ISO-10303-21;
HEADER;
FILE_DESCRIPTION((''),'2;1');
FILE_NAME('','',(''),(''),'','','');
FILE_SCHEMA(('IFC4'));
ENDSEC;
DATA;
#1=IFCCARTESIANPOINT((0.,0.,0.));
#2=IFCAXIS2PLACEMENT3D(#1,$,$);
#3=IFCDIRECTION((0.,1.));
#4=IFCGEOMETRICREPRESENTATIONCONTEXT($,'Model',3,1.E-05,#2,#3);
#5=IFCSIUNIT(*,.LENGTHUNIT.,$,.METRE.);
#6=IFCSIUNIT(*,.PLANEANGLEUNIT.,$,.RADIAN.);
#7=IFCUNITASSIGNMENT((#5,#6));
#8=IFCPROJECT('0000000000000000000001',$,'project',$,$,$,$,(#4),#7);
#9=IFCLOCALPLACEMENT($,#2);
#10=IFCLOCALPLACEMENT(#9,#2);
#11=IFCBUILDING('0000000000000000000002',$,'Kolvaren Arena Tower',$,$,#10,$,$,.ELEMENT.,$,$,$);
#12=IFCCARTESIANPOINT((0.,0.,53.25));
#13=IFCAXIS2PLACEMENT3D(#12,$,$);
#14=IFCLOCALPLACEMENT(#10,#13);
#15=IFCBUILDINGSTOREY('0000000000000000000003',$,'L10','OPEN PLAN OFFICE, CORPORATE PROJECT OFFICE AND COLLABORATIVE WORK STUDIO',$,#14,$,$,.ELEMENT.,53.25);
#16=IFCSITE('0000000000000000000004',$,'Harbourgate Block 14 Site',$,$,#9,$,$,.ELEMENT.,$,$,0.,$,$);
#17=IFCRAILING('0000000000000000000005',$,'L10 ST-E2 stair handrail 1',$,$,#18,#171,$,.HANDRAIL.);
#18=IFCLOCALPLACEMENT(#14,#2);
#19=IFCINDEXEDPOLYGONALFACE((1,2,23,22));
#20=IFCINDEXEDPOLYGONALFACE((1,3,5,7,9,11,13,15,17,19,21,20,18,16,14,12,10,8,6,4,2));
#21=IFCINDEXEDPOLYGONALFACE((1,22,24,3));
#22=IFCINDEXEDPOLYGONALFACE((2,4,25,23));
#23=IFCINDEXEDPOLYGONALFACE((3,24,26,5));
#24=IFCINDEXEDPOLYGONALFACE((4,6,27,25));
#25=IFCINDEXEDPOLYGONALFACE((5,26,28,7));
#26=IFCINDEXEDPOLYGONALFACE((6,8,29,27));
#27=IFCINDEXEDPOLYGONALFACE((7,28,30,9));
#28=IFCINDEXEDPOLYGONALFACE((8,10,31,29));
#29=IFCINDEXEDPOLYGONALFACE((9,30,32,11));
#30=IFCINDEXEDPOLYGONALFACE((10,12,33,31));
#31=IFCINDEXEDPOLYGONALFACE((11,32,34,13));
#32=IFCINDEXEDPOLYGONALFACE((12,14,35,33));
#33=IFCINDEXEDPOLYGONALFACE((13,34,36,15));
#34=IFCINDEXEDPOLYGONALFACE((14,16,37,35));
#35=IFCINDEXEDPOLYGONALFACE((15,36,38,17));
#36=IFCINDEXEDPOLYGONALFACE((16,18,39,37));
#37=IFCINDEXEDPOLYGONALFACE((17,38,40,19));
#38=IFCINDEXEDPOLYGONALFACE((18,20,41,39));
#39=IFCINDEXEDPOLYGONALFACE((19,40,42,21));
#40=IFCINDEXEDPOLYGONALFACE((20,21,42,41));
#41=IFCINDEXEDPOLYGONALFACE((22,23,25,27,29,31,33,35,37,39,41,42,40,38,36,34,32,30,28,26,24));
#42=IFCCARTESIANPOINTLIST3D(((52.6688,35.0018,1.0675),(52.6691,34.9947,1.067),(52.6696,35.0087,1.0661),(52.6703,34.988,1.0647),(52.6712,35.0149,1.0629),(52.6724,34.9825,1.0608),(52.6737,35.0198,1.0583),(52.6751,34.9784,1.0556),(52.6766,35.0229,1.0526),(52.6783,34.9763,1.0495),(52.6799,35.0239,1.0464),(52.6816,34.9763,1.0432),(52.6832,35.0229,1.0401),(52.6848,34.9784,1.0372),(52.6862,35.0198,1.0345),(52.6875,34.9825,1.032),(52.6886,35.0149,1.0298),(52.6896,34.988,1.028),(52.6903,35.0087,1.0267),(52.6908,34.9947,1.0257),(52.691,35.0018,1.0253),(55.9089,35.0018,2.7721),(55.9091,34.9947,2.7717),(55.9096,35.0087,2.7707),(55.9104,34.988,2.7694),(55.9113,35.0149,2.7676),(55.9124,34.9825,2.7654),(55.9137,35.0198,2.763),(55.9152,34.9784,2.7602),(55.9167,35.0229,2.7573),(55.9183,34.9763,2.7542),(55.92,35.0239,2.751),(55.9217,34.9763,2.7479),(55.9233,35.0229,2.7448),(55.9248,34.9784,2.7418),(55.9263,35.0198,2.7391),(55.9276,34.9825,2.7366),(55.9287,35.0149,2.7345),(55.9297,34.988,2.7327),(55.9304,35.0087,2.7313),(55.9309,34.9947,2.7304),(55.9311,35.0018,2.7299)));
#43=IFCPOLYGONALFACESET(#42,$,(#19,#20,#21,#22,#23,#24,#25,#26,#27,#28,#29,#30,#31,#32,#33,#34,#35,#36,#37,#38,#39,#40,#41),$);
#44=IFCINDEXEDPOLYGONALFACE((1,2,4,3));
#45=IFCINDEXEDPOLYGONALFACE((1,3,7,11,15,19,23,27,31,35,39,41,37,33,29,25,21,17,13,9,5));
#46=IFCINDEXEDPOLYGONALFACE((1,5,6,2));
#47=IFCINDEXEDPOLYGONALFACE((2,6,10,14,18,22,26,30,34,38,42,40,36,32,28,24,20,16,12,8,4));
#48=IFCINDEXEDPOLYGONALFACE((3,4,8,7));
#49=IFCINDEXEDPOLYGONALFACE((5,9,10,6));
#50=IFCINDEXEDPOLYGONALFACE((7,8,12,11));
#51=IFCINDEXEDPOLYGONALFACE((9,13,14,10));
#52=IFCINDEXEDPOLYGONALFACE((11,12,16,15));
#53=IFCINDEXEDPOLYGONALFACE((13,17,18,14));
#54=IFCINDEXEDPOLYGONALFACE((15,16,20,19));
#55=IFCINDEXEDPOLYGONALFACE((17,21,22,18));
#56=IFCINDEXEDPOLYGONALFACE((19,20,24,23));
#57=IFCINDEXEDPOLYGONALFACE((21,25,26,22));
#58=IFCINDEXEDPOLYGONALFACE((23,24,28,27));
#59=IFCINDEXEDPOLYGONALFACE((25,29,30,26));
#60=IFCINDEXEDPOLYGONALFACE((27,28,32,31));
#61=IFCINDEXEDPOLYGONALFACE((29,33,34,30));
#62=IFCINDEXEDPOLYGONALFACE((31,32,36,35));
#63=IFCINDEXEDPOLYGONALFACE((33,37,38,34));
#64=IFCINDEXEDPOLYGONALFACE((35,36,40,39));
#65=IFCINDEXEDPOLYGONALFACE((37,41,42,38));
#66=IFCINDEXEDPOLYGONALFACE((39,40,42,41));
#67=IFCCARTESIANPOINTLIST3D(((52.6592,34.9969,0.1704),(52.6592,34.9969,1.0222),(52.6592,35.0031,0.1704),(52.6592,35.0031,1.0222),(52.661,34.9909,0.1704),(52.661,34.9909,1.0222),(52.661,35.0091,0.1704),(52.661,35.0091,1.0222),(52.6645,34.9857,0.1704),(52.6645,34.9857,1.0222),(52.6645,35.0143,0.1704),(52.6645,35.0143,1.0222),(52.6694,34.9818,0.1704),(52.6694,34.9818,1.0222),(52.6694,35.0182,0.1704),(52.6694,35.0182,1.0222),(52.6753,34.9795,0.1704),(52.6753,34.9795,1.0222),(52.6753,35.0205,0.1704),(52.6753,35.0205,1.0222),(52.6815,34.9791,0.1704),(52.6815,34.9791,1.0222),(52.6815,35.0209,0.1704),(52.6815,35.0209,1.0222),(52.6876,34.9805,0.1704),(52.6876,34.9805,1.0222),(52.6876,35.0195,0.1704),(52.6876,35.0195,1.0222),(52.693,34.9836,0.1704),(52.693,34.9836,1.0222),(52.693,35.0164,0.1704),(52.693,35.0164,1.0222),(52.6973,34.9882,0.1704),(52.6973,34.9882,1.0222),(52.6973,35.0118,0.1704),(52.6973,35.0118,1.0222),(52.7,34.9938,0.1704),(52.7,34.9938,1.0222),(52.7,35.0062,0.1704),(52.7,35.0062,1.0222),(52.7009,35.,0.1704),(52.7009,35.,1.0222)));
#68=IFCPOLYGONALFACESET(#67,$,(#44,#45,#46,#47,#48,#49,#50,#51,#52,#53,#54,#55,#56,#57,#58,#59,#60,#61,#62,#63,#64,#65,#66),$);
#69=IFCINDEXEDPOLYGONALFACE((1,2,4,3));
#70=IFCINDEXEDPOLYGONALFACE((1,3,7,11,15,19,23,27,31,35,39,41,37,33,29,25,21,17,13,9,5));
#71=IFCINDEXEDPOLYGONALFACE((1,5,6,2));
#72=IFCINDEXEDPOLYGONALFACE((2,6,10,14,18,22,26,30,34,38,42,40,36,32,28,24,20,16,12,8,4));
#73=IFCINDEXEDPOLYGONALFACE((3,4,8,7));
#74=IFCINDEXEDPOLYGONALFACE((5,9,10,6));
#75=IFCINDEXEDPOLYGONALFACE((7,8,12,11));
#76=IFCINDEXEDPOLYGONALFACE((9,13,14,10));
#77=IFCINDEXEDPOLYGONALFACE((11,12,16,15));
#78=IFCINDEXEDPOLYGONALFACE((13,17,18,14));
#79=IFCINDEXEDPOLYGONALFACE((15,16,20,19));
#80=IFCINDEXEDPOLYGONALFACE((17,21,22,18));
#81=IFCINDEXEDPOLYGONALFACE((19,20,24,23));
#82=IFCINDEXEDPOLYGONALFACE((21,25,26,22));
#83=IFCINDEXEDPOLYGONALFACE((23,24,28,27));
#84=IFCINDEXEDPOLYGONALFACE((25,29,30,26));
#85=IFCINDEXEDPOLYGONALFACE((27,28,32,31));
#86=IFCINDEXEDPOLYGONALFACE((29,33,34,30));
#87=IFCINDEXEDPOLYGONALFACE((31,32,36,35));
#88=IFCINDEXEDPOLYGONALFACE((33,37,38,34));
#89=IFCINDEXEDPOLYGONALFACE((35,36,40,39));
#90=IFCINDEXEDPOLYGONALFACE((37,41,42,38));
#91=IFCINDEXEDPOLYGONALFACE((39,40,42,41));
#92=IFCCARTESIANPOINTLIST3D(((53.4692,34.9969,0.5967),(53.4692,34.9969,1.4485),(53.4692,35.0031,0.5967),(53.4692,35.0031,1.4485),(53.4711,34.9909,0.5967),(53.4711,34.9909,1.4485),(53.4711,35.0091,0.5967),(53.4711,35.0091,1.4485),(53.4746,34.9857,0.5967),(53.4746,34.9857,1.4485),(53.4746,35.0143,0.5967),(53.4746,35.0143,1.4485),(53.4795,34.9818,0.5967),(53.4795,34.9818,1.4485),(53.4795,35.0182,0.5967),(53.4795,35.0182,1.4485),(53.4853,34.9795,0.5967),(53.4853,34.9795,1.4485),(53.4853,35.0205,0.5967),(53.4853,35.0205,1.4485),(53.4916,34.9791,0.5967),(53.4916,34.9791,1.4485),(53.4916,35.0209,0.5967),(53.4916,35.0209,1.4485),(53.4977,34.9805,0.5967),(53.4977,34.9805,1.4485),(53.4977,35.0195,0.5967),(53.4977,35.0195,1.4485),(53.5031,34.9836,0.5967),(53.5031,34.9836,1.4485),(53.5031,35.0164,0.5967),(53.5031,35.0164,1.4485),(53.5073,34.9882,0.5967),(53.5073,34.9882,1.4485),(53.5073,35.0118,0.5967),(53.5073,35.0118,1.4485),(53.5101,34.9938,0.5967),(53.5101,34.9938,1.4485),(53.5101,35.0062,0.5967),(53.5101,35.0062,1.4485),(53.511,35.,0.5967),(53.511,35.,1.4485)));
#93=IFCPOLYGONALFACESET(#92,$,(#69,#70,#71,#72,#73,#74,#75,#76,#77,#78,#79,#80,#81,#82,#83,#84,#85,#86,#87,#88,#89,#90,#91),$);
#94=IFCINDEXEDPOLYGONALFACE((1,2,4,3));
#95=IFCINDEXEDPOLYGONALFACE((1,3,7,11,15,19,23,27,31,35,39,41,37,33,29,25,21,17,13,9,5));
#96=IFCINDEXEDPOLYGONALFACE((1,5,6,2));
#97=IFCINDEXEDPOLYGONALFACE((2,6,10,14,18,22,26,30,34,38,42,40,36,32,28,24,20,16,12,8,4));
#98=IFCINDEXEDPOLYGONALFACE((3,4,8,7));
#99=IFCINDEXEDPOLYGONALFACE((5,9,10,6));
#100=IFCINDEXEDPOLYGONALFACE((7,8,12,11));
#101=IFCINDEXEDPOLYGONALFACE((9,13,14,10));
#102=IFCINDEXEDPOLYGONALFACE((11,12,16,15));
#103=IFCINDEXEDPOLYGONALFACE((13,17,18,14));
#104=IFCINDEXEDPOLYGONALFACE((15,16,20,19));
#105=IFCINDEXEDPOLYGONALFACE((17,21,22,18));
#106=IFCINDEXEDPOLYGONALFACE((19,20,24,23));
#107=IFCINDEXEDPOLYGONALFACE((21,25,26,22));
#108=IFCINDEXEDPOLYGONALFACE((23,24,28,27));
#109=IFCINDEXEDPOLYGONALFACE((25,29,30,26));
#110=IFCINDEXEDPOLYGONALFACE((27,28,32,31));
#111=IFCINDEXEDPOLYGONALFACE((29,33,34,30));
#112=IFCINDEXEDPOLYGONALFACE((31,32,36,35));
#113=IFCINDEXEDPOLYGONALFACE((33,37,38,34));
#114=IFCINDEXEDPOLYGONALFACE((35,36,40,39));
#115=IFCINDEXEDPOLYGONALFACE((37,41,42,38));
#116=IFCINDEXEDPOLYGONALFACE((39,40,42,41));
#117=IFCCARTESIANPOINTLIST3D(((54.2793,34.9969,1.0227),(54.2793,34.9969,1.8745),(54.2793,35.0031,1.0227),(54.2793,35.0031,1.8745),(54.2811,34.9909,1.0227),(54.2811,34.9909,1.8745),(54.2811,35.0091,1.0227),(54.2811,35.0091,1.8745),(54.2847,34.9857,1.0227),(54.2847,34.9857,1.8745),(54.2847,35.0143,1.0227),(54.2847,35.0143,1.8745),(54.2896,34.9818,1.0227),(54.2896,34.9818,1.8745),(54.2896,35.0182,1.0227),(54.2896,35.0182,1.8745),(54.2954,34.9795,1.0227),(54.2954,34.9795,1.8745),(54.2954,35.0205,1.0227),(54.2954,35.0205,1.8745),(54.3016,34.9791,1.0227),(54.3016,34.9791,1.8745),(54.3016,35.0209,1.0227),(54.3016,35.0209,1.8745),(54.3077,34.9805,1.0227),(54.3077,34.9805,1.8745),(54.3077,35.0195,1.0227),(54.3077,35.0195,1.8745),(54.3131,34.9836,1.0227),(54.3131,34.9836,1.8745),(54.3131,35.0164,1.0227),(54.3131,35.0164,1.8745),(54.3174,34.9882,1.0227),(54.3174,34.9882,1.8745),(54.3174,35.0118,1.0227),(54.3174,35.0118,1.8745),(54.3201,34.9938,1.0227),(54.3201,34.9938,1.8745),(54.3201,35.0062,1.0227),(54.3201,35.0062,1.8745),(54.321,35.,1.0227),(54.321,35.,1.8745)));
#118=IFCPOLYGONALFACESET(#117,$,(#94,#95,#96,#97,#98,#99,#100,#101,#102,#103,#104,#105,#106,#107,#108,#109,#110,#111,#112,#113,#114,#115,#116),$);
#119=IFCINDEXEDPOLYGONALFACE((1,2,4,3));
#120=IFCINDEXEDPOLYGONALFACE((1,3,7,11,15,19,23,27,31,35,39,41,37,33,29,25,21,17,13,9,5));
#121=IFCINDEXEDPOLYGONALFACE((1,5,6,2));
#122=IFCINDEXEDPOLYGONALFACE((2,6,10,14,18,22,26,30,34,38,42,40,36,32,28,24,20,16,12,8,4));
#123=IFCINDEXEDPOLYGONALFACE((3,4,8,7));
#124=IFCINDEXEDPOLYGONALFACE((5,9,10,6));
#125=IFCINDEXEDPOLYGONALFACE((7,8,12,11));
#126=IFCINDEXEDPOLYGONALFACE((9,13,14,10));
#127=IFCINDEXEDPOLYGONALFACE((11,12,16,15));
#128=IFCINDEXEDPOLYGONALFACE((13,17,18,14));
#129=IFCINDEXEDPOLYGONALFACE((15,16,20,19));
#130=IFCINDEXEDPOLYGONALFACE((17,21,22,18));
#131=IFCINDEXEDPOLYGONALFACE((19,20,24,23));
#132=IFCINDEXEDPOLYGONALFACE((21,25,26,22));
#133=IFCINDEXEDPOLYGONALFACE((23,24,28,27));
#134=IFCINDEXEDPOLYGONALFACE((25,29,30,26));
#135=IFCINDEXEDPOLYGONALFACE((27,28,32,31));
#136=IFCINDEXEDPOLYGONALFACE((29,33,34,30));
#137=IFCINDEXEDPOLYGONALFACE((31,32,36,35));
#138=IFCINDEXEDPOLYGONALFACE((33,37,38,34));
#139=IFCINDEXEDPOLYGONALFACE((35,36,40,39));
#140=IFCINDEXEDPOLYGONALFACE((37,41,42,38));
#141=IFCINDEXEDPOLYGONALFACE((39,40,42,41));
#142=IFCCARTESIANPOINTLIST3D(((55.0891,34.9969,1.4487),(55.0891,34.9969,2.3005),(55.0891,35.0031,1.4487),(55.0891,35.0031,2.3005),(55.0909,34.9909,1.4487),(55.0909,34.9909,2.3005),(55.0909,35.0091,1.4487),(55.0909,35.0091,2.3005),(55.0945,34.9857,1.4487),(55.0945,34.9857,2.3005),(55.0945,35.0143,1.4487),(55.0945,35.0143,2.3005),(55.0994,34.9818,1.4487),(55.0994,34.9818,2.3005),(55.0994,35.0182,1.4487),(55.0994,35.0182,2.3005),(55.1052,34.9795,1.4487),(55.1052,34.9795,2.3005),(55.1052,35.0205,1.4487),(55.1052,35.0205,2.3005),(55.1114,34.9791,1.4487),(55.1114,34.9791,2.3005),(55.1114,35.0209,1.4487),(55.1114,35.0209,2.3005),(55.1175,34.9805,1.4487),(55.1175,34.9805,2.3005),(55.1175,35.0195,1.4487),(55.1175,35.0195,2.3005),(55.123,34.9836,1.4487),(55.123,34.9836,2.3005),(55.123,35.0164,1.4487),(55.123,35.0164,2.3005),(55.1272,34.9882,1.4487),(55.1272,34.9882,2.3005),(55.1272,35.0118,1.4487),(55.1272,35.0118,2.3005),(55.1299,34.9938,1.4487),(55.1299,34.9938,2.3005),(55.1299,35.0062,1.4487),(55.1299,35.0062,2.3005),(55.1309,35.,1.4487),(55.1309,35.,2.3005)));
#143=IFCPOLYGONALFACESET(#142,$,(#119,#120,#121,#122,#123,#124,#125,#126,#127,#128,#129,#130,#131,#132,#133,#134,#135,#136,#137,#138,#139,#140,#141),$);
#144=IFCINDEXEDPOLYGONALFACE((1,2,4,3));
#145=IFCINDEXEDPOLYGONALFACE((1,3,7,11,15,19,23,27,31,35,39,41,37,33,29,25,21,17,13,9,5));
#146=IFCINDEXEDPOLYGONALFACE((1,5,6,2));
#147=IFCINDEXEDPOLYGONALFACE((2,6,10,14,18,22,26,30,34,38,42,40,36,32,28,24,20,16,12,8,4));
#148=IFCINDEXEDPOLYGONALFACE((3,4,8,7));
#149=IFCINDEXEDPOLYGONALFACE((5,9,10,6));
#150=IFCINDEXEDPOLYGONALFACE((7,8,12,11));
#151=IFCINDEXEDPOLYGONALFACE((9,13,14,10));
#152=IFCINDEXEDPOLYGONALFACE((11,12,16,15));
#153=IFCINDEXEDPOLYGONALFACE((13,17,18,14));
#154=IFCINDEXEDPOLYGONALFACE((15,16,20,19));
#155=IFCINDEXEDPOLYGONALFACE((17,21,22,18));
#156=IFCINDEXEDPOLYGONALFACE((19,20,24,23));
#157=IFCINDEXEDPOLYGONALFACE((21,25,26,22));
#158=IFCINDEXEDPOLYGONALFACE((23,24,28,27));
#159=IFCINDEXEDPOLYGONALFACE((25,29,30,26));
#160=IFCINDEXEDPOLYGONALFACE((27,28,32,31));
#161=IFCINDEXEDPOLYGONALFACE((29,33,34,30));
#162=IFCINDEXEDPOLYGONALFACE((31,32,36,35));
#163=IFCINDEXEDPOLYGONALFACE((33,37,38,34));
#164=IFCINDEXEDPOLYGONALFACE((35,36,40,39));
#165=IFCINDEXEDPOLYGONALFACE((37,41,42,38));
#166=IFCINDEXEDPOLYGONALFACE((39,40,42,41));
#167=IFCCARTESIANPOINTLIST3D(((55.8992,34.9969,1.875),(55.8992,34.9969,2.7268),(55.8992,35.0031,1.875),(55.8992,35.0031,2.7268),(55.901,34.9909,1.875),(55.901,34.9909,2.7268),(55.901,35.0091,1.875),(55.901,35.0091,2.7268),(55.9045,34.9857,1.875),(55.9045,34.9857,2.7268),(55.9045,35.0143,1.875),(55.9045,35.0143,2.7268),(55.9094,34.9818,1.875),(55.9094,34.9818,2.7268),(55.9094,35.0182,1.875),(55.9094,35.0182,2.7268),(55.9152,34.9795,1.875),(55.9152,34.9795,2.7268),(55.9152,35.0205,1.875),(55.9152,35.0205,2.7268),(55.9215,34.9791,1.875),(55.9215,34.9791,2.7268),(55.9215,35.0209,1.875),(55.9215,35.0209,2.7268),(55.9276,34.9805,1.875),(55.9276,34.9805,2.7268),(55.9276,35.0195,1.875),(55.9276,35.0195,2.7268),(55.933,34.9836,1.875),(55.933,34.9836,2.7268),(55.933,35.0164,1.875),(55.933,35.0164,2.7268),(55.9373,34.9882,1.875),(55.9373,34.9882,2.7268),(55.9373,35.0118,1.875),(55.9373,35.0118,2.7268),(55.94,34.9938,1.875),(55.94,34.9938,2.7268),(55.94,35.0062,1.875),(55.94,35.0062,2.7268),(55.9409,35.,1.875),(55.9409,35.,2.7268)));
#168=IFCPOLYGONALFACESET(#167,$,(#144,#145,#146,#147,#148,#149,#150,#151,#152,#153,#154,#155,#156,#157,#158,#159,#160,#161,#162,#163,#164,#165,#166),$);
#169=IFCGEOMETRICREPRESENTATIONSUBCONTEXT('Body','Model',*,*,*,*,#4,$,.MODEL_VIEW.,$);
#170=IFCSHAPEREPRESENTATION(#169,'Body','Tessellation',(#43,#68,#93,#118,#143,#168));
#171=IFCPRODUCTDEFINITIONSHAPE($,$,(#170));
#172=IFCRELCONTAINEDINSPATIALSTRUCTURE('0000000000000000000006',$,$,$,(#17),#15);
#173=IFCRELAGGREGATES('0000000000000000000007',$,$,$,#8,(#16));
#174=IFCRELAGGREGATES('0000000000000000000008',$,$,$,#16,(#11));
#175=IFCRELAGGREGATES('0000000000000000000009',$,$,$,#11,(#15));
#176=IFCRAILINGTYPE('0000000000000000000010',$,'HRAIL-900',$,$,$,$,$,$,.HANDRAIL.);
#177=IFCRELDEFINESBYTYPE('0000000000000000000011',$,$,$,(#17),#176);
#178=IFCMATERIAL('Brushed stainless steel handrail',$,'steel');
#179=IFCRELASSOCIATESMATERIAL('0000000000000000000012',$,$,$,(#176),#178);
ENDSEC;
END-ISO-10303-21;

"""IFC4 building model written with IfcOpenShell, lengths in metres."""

from ifc_helpers import new_model, si_unit, direction, frame, origin, origin_2d, place, context, subcontext, project, spatial, circle, extrude, material, type_object, element, save


model = new_model("IFC4")

# Units and contexts
model_context = context("Model", 3, precision=1e-05, world=origin(), true_north=direction((0.0, 1.0)))
body_context = subcontext(model_context, "Body", "Model", "MODEL_VIEW")
ifc_project = project(units=[si_unit("LENGTHUNIT", "METRE"), si_unit("PLANEANGLEUNIT", "RADIAN")], contexts=[model_context])

# Site, building, storey
site_placement = place(None, origin())
site = spatial("IfcSite", under=ifc_project, at=site_placement, Name="Harbourgate Block 14 Site", CompositionType="ELEMENT", RefElevation=0.0)
building_placement = place(site_placement, origin())
building = spatial("IfcBuilding", under=site, at=building_placement, Name="Kolvaren Arena Tower", CompositionType="ELEMENT")
storey_placement = place(building_placement, frame((0.0, 0.0, 53.25)))
storey = spatial("IfcBuildingStorey", under=building, at=storey_placement, Name="L10", Description="OPEN PLAN OFFICE, CORPORATE PROJECT OFFICE AND COLLABORATIVE WORK STUDIO", CompositionType="ELEMENT", Elevation=53.25)

# Railing
ifc_material_1 = material(Name="Brushed stainless steel handrail", Category="steel")
railing_type_1 = type_object("IfcRailingType", Name="HRAIL-900", PredefinedType="HANDRAIL", material=ifc_material_1)
for number, where, name in (
    (1, (52.6799, 35.0, 0.1704), "L10 ST-E2 stair handrail 1"),
):
    element("IfcRailing", number, at=place(storey_placement, frame(where)), inside=storey, type_object=railing_type_1, Name=name, PredefinedType="HANDRAIL", context=body_context, shape_type="SweptSolid", body=[
        extrude(circle(Radius=0.0239, at=origin_2d()), frame((0.0, 0.0, 0.876), z_axis=(0.884993, 0.0, 0.465604), x_axis=(0.0, 1.0, 0.0)), (0.0, 0.0, 1.0), 3.6611),
        extrude(circle(Radius=0.021, at=origin_2d()), origin(), (0.0, 0.0, 1.0), 0.8518),
        extrude(circle(Radius=0.021, at=origin_2d()), frame((0.8101, 0.0, 0.4263)), (0.0, 0.0, 1.0), 0.8518),
        extrude(circle(Radius=0.021, at=origin_2d()), frame((1.6201, 0.0, 0.8523)), (0.0, 0.0, 1.0), 0.8518),
        extrude(circle(Radius=0.021, at=origin_2d()), frame((2.4299, 0.0, 1.2783)), (0.0, 0.0, 1.0), 0.8518),
        extrude(circle(Radius=0.021, at=origin_2d()), frame((3.24, 0.0, 1.7046)), (0.0, 0.0, 1.0), 0.8518),
    ])

save(model, "model.ifc")
